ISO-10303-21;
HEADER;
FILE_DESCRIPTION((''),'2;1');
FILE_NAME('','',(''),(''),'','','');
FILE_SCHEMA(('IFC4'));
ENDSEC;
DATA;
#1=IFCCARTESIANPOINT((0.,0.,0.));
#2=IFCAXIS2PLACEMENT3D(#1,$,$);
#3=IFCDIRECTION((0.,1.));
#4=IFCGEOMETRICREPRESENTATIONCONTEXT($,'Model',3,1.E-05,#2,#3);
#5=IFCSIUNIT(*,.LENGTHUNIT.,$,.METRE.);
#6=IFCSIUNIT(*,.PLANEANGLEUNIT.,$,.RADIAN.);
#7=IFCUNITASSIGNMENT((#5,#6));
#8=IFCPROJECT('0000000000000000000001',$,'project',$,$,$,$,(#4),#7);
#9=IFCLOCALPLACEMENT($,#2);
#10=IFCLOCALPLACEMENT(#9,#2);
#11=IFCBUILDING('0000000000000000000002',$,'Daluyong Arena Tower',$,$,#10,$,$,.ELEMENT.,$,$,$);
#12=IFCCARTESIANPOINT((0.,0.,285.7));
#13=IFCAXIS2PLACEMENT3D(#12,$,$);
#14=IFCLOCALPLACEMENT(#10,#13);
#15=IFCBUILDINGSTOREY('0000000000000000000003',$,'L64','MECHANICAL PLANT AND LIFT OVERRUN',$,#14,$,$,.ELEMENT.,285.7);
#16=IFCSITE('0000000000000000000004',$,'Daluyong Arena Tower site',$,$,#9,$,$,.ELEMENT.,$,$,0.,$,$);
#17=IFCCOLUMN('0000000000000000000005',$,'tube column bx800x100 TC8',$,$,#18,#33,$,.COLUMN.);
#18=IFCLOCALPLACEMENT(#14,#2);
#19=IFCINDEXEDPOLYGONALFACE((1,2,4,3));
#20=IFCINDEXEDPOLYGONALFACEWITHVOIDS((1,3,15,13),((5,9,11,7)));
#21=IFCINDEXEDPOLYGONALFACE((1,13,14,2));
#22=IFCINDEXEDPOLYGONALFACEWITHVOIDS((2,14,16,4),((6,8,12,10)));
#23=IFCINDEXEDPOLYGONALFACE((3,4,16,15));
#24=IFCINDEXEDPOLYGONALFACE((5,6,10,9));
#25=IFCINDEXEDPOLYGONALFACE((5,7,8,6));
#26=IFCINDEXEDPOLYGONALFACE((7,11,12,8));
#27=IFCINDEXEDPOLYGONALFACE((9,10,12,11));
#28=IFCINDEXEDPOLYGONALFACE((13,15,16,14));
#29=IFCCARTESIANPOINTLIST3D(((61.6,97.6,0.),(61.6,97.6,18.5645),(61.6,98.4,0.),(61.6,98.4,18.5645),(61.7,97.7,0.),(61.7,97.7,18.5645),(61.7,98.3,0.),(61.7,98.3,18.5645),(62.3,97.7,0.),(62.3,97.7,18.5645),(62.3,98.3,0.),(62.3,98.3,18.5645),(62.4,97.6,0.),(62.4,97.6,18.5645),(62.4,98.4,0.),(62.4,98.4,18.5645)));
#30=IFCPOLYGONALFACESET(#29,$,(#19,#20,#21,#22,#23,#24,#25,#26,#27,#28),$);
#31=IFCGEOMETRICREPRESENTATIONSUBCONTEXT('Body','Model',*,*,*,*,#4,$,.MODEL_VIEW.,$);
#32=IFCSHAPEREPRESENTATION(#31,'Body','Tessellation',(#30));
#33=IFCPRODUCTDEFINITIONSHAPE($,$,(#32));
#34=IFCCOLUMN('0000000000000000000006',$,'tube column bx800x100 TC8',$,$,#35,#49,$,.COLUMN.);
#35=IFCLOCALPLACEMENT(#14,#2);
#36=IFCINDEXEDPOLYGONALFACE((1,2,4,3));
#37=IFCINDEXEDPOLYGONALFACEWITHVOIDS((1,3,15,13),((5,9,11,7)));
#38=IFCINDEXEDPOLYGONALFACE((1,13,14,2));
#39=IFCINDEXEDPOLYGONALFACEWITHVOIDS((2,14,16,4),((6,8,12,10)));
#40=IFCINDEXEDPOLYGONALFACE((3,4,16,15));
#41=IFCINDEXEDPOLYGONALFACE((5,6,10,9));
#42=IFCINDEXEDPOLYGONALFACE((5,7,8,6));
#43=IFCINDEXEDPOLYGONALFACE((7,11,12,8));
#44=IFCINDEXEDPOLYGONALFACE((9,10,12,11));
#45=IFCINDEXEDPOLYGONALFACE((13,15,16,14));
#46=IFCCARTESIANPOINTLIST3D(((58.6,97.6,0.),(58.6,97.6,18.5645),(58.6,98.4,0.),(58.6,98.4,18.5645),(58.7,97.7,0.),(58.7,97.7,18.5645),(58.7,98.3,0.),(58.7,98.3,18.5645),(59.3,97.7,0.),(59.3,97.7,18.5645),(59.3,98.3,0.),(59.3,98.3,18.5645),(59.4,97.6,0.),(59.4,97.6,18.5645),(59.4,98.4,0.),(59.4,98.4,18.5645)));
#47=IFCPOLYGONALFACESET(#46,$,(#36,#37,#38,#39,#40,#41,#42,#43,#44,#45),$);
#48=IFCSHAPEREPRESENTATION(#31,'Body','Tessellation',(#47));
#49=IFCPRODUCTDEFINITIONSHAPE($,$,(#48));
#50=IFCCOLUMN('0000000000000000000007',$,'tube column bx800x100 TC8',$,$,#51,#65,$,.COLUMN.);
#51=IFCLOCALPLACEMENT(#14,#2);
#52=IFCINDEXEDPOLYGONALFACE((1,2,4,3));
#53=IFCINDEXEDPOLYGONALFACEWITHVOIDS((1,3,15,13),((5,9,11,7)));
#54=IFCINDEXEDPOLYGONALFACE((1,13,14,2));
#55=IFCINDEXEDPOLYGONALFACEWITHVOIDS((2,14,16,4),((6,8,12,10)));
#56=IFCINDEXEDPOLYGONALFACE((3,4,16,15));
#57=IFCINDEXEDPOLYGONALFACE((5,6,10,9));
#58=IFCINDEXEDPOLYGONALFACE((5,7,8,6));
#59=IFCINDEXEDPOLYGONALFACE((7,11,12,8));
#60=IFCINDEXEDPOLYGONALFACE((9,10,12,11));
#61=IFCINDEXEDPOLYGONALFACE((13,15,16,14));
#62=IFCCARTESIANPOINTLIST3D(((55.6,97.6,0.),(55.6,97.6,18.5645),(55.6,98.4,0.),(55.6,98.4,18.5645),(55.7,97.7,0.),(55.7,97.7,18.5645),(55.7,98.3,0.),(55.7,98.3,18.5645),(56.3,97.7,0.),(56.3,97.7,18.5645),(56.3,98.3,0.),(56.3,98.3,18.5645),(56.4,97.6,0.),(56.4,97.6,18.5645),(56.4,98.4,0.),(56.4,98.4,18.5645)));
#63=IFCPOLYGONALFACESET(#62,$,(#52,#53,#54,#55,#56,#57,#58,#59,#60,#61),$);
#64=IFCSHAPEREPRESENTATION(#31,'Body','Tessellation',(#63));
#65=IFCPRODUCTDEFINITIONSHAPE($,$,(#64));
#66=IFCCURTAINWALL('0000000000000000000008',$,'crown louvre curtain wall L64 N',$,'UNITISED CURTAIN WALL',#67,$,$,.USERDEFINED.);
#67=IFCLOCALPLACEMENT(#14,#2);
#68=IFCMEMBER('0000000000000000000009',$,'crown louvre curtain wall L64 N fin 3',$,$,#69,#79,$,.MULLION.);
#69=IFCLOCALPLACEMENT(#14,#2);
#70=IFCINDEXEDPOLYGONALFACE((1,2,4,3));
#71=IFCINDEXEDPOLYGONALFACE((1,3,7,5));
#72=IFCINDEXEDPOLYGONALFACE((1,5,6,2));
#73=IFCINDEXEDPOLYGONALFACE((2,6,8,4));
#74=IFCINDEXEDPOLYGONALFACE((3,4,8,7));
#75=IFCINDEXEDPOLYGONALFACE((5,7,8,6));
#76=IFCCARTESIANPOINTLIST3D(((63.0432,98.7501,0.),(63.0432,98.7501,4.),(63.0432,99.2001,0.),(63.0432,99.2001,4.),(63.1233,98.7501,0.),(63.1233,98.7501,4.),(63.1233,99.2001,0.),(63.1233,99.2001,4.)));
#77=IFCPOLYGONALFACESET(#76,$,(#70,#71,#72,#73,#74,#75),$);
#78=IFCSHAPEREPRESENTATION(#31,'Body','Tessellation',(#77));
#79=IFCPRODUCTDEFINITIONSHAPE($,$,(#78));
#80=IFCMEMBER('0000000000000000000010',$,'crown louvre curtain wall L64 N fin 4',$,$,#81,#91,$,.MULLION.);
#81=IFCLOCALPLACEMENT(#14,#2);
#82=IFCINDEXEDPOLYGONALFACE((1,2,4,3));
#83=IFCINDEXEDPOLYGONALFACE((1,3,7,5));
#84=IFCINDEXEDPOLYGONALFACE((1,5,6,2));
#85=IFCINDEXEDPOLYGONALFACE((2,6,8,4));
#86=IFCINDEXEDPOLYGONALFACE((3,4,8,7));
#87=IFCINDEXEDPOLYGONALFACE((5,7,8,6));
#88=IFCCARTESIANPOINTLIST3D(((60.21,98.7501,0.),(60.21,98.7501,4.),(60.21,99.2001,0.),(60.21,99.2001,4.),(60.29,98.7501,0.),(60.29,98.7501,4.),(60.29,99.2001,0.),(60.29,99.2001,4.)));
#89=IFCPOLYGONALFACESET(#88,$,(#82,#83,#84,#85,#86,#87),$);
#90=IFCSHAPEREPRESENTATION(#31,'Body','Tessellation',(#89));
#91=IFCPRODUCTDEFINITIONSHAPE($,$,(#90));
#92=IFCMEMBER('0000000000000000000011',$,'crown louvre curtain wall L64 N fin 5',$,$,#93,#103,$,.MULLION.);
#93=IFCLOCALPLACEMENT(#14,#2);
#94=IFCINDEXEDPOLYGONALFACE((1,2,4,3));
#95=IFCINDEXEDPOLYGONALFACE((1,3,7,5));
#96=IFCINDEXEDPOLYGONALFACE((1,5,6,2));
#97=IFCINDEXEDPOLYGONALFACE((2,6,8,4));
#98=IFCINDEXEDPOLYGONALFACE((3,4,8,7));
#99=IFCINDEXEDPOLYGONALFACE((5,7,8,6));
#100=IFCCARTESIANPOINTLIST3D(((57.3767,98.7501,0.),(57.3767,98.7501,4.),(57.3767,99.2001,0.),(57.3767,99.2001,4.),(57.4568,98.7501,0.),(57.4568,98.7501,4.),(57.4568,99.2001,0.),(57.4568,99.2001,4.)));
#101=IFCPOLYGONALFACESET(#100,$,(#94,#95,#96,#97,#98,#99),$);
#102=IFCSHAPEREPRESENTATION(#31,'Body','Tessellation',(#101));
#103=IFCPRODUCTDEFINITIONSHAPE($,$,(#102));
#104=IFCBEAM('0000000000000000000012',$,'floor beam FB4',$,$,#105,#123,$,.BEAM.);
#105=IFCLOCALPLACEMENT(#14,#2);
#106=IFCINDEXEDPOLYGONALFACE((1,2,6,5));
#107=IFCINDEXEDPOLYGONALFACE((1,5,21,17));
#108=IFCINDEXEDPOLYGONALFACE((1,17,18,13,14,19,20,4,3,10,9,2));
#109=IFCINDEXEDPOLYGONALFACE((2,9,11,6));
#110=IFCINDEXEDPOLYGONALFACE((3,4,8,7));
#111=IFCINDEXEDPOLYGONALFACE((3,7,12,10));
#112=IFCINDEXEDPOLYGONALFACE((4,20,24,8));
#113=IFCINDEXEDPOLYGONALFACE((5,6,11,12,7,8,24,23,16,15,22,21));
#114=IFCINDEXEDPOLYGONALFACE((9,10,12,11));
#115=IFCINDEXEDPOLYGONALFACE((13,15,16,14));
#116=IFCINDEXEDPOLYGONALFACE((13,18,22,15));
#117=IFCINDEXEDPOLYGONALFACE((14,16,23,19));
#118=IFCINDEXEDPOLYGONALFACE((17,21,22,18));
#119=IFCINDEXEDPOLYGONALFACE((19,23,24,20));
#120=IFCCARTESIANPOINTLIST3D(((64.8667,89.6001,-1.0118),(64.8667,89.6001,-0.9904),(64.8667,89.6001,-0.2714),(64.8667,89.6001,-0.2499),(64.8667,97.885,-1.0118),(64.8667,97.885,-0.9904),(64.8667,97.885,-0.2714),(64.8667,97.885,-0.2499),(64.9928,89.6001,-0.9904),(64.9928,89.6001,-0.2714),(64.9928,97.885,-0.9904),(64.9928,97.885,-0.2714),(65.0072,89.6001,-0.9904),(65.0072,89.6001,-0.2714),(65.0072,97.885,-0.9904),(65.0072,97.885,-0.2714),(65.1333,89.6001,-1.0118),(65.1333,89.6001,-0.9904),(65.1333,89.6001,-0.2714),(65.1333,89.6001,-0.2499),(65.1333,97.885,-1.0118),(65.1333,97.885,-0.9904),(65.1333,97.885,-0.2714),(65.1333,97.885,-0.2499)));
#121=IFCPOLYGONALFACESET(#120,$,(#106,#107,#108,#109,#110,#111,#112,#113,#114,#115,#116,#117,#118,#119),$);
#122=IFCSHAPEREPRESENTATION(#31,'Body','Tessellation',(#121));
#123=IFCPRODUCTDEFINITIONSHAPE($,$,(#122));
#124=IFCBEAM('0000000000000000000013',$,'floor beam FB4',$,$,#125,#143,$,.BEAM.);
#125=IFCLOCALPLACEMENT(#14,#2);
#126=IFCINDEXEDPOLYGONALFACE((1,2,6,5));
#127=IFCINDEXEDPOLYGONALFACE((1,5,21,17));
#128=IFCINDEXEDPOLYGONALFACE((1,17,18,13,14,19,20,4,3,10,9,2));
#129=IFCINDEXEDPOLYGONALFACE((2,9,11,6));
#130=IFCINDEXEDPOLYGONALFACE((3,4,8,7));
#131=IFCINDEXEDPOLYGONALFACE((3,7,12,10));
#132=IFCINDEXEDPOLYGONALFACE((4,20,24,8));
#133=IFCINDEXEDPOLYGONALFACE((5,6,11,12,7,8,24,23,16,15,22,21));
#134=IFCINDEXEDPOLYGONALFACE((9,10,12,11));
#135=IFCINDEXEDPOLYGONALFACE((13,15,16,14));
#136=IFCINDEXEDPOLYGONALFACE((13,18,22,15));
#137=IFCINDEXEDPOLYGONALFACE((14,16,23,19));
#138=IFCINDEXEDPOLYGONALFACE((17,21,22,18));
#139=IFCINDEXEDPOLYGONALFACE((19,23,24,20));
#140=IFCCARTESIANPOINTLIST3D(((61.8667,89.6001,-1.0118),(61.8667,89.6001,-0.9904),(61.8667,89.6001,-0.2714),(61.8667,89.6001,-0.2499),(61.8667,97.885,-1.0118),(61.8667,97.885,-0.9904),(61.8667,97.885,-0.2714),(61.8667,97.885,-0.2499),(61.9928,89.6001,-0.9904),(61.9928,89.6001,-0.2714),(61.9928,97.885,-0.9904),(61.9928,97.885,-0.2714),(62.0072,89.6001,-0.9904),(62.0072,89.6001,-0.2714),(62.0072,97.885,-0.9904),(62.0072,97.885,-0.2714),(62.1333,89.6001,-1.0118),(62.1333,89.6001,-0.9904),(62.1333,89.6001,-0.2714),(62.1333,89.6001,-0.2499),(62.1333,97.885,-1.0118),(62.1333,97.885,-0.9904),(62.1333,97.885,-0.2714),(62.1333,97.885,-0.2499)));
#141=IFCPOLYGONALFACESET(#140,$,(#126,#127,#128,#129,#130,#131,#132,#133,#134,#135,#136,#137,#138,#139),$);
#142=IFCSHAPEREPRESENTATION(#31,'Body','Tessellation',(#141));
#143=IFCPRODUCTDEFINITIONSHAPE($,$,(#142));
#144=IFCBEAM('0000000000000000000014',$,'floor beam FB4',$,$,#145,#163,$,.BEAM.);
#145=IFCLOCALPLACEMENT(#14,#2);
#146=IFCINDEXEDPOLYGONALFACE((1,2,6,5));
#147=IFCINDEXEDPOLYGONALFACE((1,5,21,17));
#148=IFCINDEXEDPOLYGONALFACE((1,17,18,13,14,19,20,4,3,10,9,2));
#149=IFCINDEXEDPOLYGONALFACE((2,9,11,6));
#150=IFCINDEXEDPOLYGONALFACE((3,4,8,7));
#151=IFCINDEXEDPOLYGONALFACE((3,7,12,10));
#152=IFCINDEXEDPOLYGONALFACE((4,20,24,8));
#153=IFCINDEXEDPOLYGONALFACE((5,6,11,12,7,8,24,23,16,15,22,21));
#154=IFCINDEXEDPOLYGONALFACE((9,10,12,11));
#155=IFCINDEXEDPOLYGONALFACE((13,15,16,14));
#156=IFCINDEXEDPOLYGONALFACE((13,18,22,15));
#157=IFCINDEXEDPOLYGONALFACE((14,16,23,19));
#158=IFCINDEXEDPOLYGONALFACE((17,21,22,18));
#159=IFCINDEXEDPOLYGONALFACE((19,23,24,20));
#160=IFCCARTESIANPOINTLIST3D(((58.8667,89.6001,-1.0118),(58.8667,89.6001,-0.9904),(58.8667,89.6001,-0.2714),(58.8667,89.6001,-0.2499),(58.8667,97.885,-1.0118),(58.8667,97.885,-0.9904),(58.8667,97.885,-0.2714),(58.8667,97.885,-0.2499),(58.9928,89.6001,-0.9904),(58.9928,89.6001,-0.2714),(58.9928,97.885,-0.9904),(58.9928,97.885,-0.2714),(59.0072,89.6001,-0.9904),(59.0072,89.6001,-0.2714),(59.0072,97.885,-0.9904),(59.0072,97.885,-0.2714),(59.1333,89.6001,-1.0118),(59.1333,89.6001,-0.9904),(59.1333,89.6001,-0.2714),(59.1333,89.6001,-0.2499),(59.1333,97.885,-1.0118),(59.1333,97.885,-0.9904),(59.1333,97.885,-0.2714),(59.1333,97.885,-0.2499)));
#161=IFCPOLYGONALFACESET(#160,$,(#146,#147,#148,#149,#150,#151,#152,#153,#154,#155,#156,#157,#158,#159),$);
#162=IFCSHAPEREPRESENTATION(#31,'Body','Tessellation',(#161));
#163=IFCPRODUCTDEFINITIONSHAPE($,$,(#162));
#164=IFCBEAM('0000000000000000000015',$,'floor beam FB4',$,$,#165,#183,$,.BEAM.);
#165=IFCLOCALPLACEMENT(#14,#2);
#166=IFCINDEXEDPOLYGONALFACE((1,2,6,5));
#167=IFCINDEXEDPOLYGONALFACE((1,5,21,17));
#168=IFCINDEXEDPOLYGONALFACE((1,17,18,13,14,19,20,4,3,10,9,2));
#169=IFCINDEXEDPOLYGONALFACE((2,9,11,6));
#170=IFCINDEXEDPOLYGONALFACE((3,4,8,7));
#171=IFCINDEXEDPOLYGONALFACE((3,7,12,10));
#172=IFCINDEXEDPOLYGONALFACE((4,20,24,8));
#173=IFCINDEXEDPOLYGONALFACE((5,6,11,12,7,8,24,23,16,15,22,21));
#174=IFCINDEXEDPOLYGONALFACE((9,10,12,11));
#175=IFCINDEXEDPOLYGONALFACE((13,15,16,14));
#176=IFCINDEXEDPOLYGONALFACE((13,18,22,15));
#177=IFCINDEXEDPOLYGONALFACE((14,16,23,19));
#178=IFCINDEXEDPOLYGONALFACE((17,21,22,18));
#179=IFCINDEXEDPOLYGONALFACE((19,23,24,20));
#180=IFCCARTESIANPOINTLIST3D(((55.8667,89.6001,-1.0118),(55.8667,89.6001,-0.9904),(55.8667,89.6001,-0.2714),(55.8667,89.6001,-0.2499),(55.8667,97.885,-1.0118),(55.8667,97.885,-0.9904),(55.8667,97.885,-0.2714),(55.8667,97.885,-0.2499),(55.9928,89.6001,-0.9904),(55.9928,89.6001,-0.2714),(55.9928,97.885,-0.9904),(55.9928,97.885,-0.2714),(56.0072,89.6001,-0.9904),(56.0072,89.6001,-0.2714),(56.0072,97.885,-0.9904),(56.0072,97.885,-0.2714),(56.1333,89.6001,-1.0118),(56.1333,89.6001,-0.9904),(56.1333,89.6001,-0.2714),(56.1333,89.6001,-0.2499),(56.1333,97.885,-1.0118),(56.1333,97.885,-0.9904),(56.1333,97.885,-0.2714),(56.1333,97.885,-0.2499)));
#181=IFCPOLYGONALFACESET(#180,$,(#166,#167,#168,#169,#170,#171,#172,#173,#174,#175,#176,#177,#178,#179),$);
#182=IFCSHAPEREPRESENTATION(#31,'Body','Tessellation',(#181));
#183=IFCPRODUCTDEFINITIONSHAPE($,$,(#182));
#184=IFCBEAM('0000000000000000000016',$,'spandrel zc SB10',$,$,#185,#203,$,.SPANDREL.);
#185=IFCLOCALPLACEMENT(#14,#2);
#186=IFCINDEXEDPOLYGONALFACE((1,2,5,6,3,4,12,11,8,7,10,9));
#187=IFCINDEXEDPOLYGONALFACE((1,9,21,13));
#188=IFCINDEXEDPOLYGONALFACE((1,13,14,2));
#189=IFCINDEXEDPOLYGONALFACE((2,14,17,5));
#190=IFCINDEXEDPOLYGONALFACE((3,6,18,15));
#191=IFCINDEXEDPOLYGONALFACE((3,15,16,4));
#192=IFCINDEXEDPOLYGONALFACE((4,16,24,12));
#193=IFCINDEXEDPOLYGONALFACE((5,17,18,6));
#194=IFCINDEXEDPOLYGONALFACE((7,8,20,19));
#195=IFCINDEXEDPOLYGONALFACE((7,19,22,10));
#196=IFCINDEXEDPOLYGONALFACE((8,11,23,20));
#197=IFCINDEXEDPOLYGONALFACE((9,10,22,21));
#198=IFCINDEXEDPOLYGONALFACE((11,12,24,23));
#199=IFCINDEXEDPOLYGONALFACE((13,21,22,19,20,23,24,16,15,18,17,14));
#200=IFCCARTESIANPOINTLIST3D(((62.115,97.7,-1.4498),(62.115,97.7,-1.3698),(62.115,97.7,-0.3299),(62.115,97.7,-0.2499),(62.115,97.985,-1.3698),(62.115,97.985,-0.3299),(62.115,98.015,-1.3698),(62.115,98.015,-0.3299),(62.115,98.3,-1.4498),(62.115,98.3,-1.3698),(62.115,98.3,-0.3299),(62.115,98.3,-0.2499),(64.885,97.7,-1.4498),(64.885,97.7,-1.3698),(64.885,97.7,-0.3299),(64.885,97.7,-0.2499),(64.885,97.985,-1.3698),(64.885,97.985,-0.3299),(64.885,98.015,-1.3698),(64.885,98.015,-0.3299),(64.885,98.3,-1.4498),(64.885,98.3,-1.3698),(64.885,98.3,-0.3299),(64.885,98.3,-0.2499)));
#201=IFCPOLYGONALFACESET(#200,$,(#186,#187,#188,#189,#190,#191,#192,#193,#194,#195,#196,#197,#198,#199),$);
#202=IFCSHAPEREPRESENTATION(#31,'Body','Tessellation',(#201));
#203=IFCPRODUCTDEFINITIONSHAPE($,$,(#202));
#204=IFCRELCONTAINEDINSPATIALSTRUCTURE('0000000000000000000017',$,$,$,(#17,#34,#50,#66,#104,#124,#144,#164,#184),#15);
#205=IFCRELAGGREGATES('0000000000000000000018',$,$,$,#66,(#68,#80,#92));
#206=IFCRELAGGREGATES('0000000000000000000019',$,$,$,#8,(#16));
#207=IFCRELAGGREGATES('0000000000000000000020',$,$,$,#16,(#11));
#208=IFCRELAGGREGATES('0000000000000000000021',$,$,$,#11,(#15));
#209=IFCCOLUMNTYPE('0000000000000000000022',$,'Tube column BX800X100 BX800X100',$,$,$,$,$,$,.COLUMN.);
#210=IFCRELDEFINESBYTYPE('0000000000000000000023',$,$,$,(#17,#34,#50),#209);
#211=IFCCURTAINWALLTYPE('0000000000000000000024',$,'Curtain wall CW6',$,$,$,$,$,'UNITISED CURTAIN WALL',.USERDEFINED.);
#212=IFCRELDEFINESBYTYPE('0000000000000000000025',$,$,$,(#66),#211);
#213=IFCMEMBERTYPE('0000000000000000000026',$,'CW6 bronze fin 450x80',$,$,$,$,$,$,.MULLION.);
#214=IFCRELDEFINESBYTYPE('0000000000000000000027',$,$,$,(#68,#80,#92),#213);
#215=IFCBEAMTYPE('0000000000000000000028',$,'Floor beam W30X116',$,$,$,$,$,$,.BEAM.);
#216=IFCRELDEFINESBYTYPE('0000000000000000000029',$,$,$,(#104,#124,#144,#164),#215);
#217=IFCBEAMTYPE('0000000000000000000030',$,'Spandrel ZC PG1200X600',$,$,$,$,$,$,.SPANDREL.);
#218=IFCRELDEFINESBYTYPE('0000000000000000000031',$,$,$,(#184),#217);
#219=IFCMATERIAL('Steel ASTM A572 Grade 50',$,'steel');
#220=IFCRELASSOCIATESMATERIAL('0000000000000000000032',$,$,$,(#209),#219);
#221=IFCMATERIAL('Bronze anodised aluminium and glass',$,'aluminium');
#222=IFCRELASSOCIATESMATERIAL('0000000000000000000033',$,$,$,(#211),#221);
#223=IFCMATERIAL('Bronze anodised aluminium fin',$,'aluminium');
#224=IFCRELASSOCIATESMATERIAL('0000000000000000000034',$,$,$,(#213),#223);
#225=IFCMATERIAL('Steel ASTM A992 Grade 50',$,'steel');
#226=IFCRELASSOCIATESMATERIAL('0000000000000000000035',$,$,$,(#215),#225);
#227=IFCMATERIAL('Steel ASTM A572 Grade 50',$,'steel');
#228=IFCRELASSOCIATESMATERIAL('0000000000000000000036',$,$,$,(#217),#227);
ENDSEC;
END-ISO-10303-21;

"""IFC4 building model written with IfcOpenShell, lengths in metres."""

from ifc_helpers import new_model, si_unit, direction, frame, origin, origin_2d, place, context, subcontext, project, spatial, rectangle, hollow_rectangle, i_section, extrude, material, material_profile, profile_set, type_object, element, aggregate, save


model = new_model("IFC4")

# Units and contexts
model_context = context("Model", 3, precision=1e-05, world=origin(), true_north=direction((0.0, 1.0)))
body_context = subcontext(model_context, "Body", "Model", "MODEL_VIEW")
ifc_project = project(units=[si_unit("LENGTHUNIT", "METRE"), si_unit("PLANEANGLEUNIT", "RADIAN")], contexts=[model_context])

# Site, building, storey
site_placement = place(None, origin())
site = spatial("IfcSite", under=ifc_project, at=site_placement, Name="Daluyong Arena Tower site", CompositionType="ELEMENT", RefElevation=0.0)
building_placement = place(site_placement, origin())
building = spatial("IfcBuilding", under=site, at=building_placement, Name="Daluyong Arena Tower", CompositionType="ELEMENT")
storey_placement = place(building_placement, frame((0.0, 0.0, 285.7)))
storey = spatial("IfcBuildingStorey", under=building, at=storey_placement, Name="L64", Description="MECHANICAL PLANT AND LIFT OVERRUN", CompositionType="ELEMENT", Elevation=285.7)

# Columns
ifc_material_1 = material(Name="Steel ASTM A572 Grade 50", Category="steel")
ifc_material_profile_1 = material_profile(ifc_material_1, hollow_rectangle(XDim=0.8, YDim=0.8, WallThickness=0.1, at=origin_2d()))
ifc_profile_set_1 = profile_set([ifc_material_profile_1], Name="Steel ASTM A572 Grade 50")
column_type = type_object("IfcColumnType", Name="Tube column BX800X100 BX800X100", PredefinedType="COLUMN", material=ifc_profile_set_1)
for number, where, z_axis, x_axis, name in (
    (1, (62.0, 98.0, 0.0), (0.0, 0.0, 1.0), (1.0, 0.0, 0.0), "tube column bx800x100 TC8"),
    (2, (59.0, 98.0, 0.0), (0.0, 0.0, 1.0), (1.0, 0.0, 0.0), "tube column bx800x100 TC8"),
    (3, (56.0, 98.0, 0.0), (0.0, 0.0, 1.0), (1.0, 0.0, 0.0), "tube column bx800x100 TC8"),
):
    element("IfcColumn", number, at=place(storey_placement, frame(where, z_axis=z_axis, x_axis=x_axis)), inside=storey, type_object=column_type, Name=name, PredefinedType="COLUMN", context=body_context, shape_type="SweptSolid", body=[
        extrude(hollow_rectangle(XDim=0.8, YDim=0.8, WallThickness=0.1, at=origin_2d()), origin(), (0.0, 0.0, 1.0), 18.5645),
    ])

# Curtain wall, members
ifc_material_2 = material(Name="Bronze anodised aluminium and glass", Category="aluminium")
curtain_wall_type = type_object("IfcCurtainWallType", Name="Curtain wall CW6", ElementType="UNITISED CURTAIN WALL", PredefinedType="USERDEFINED", material=ifc_material_2)
curtain_wall_placement = place(storey_placement, origin())
curtain_wall = element("IfcCurtainWall", 4, at=curtain_wall_placement, inside=storey, type_object=curtain_wall_type, Name="crown louvre curtain wall L64 N", ObjectType="UNITISED CURTAIN WALL", PredefinedType="USERDEFINED")
ifc_material_3 = material(Name="Bronze anodised aluminium fin", Category="aluminium")
ifc_material_profile_2 = material_profile(ifc_material_3, rectangle(XDim=0.45, YDim=0.0801, at=origin_2d()))
ifc_profile_set_2 = profile_set([ifc_material_profile_2], Name="Bronze anodised aluminium fin")
member_type = type_object("IfcMemberType", Name="CW6 bronze fin 450x80", PredefinedType="MULLION", material=ifc_profile_set_2)
member_1_placement = place(storey_placement, frame((63.0833, 98.9751, 0.0), z_axis=(0.0, 0.0, 1.0), x_axis=(0.0, -1.0, 0.0)))
member_1 = element("IfcMember", 5, at=member_1_placement, type_object=member_type, Name="crown louvre curtain wall L64 N fin 3", PredefinedType="MULLION", context=body_context, shape_type="SweptSolid", body=[
    extrude(rectangle(XDim=0.45, YDim=0.0801, at=origin_2d()), origin(), (0.0, 0.0, 1.0), 4.0),
])
member_2_placement = place(storey_placement, frame((60.25, 98.9751, 0.0), z_axis=(0.0, 0.0, 1.0), x_axis=(0.0, -1.0, 0.0)))
member_2 = element("IfcMember", 6, at=member_2_placement, type_object=member_type, Name="crown louvre curtain wall L64 N fin 4", PredefinedType="MULLION", context=body_context, shape_type="SweptSolid", body=[
    extrude(rectangle(XDim=0.45, YDim=0.0801, at=origin_2d()), origin(), (0.0, 0.0, 1.0), 4.0),
])
member_3_placement = place(storey_placement, frame((57.4167, 98.9751, 0.0), z_axis=(0.0, 0.0, 1.0), x_axis=(0.0, -1.0, 0.0)))
member_3 = element("IfcMember", 7, at=member_3_placement, type_object=member_type, Name="crown louvre curtain wall L64 N fin 5", PredefinedType="MULLION", context=body_context, shape_type="SweptSolid", body=[
    extrude(rectangle(XDim=0.45, YDim=0.0801, at=origin_2d()), origin(), (0.0, 0.0, 1.0), 4.0),
])

# Beams
ifc_material_4 = material(Name="Steel ASTM A992 Grade 50", Category="steel")
ifc_material_profile_3 = material_profile(ifc_material_4, i_section(OverallWidth=0.2666, OverallDepth=0.762, WebThickness=0.0144, FlangeThickness=0.0215, at=origin_2d()))
ifc_profile_set_3 = profile_set([ifc_material_profile_3], Name="Steel ASTM A992 Grade 50")
beam_type_1 = type_object("IfcBeamType", Name="Floor beam W30X116", PredefinedType="BEAM", material=ifc_profile_set_3)
for number, where, z_axis, x_axis, name in (
    (8, (65.0, 97.885, -0.6309), (0.0, -1.0, 0.0), (1.0, 0.0, 0.0), "floor beam FB4"),
    (9, (62.0, 97.885, -0.6309), (0.0, -1.0, 0.0), (1.0, 0.0, 0.0), "floor beam FB4"),
    (10, (59.0, 97.885, -0.6309), (0.0, -1.0, 0.0), (1.0, 0.0, 0.0), "floor beam FB4"),
    (11, (56.0, 97.885, -0.6309), (0.0, -1.0, 0.0), (1.0, 0.0, 0.0), "floor beam FB4"),
):
    element("IfcBeam", number, at=place(storey_placement, frame(where, z_axis=z_axis, x_axis=x_axis)), inside=storey, type_object=beam_type_1, Name=name, PredefinedType="BEAM", context=body_context, shape_type="SweptSolid", body=[
        extrude(i_section(OverallWidth=0.2666, OverallDepth=0.762, WebThickness=0.0144, FlangeThickness=0.0215, at=origin_2d()), origin(), (0.0, 0.0, 1.0), 8.2849),
    ])
ifc_material_5 = material(Name="Steel ASTM A572 Grade 50", Category="steel")
ifc_material_profile_4 = material_profile(ifc_material_5, i_section(OverallWidth=0.6001, OverallDepth=1.2, WebThickness=0.03, FlangeThickness=0.08, at=origin_2d()))
ifc_profile_set_4 = profile_set([ifc_material_profile_4], Name="Steel ASTM A572 Grade 50")
beam_type_2 = type_object("IfcBeamType", Name="Spandrel ZC PG1200X600", PredefinedType="SPANDREL", material=ifc_profile_set_4)
for number, where, z_axis, x_axis, name in (
    (12, (64.885, 98.0, -0.8499), (-1.0, 0.0, 0.0), (0.0, -1.0, 0.0), "spandrel zc SB10"),
):
    element("IfcBeam", number, at=place(storey_placement, frame(where, z_axis=z_axis, x_axis=x_axis)), inside=storey, type_object=beam_type_2, Name=name, PredefinedType="SPANDREL", context=body_context, shape_type="SweptSolid", body=[
        extrude(i_section(OverallWidth=0.6001, OverallDepth=1.2, WebThickness=0.03, FlangeThickness=0.08, at=origin_2d()), origin(), (0.0, 0.0, 1.0), 2.77),
    ])

aggregate(curtain_wall, [member_1, member_2, member_3])

save(model, "model.ifc")
